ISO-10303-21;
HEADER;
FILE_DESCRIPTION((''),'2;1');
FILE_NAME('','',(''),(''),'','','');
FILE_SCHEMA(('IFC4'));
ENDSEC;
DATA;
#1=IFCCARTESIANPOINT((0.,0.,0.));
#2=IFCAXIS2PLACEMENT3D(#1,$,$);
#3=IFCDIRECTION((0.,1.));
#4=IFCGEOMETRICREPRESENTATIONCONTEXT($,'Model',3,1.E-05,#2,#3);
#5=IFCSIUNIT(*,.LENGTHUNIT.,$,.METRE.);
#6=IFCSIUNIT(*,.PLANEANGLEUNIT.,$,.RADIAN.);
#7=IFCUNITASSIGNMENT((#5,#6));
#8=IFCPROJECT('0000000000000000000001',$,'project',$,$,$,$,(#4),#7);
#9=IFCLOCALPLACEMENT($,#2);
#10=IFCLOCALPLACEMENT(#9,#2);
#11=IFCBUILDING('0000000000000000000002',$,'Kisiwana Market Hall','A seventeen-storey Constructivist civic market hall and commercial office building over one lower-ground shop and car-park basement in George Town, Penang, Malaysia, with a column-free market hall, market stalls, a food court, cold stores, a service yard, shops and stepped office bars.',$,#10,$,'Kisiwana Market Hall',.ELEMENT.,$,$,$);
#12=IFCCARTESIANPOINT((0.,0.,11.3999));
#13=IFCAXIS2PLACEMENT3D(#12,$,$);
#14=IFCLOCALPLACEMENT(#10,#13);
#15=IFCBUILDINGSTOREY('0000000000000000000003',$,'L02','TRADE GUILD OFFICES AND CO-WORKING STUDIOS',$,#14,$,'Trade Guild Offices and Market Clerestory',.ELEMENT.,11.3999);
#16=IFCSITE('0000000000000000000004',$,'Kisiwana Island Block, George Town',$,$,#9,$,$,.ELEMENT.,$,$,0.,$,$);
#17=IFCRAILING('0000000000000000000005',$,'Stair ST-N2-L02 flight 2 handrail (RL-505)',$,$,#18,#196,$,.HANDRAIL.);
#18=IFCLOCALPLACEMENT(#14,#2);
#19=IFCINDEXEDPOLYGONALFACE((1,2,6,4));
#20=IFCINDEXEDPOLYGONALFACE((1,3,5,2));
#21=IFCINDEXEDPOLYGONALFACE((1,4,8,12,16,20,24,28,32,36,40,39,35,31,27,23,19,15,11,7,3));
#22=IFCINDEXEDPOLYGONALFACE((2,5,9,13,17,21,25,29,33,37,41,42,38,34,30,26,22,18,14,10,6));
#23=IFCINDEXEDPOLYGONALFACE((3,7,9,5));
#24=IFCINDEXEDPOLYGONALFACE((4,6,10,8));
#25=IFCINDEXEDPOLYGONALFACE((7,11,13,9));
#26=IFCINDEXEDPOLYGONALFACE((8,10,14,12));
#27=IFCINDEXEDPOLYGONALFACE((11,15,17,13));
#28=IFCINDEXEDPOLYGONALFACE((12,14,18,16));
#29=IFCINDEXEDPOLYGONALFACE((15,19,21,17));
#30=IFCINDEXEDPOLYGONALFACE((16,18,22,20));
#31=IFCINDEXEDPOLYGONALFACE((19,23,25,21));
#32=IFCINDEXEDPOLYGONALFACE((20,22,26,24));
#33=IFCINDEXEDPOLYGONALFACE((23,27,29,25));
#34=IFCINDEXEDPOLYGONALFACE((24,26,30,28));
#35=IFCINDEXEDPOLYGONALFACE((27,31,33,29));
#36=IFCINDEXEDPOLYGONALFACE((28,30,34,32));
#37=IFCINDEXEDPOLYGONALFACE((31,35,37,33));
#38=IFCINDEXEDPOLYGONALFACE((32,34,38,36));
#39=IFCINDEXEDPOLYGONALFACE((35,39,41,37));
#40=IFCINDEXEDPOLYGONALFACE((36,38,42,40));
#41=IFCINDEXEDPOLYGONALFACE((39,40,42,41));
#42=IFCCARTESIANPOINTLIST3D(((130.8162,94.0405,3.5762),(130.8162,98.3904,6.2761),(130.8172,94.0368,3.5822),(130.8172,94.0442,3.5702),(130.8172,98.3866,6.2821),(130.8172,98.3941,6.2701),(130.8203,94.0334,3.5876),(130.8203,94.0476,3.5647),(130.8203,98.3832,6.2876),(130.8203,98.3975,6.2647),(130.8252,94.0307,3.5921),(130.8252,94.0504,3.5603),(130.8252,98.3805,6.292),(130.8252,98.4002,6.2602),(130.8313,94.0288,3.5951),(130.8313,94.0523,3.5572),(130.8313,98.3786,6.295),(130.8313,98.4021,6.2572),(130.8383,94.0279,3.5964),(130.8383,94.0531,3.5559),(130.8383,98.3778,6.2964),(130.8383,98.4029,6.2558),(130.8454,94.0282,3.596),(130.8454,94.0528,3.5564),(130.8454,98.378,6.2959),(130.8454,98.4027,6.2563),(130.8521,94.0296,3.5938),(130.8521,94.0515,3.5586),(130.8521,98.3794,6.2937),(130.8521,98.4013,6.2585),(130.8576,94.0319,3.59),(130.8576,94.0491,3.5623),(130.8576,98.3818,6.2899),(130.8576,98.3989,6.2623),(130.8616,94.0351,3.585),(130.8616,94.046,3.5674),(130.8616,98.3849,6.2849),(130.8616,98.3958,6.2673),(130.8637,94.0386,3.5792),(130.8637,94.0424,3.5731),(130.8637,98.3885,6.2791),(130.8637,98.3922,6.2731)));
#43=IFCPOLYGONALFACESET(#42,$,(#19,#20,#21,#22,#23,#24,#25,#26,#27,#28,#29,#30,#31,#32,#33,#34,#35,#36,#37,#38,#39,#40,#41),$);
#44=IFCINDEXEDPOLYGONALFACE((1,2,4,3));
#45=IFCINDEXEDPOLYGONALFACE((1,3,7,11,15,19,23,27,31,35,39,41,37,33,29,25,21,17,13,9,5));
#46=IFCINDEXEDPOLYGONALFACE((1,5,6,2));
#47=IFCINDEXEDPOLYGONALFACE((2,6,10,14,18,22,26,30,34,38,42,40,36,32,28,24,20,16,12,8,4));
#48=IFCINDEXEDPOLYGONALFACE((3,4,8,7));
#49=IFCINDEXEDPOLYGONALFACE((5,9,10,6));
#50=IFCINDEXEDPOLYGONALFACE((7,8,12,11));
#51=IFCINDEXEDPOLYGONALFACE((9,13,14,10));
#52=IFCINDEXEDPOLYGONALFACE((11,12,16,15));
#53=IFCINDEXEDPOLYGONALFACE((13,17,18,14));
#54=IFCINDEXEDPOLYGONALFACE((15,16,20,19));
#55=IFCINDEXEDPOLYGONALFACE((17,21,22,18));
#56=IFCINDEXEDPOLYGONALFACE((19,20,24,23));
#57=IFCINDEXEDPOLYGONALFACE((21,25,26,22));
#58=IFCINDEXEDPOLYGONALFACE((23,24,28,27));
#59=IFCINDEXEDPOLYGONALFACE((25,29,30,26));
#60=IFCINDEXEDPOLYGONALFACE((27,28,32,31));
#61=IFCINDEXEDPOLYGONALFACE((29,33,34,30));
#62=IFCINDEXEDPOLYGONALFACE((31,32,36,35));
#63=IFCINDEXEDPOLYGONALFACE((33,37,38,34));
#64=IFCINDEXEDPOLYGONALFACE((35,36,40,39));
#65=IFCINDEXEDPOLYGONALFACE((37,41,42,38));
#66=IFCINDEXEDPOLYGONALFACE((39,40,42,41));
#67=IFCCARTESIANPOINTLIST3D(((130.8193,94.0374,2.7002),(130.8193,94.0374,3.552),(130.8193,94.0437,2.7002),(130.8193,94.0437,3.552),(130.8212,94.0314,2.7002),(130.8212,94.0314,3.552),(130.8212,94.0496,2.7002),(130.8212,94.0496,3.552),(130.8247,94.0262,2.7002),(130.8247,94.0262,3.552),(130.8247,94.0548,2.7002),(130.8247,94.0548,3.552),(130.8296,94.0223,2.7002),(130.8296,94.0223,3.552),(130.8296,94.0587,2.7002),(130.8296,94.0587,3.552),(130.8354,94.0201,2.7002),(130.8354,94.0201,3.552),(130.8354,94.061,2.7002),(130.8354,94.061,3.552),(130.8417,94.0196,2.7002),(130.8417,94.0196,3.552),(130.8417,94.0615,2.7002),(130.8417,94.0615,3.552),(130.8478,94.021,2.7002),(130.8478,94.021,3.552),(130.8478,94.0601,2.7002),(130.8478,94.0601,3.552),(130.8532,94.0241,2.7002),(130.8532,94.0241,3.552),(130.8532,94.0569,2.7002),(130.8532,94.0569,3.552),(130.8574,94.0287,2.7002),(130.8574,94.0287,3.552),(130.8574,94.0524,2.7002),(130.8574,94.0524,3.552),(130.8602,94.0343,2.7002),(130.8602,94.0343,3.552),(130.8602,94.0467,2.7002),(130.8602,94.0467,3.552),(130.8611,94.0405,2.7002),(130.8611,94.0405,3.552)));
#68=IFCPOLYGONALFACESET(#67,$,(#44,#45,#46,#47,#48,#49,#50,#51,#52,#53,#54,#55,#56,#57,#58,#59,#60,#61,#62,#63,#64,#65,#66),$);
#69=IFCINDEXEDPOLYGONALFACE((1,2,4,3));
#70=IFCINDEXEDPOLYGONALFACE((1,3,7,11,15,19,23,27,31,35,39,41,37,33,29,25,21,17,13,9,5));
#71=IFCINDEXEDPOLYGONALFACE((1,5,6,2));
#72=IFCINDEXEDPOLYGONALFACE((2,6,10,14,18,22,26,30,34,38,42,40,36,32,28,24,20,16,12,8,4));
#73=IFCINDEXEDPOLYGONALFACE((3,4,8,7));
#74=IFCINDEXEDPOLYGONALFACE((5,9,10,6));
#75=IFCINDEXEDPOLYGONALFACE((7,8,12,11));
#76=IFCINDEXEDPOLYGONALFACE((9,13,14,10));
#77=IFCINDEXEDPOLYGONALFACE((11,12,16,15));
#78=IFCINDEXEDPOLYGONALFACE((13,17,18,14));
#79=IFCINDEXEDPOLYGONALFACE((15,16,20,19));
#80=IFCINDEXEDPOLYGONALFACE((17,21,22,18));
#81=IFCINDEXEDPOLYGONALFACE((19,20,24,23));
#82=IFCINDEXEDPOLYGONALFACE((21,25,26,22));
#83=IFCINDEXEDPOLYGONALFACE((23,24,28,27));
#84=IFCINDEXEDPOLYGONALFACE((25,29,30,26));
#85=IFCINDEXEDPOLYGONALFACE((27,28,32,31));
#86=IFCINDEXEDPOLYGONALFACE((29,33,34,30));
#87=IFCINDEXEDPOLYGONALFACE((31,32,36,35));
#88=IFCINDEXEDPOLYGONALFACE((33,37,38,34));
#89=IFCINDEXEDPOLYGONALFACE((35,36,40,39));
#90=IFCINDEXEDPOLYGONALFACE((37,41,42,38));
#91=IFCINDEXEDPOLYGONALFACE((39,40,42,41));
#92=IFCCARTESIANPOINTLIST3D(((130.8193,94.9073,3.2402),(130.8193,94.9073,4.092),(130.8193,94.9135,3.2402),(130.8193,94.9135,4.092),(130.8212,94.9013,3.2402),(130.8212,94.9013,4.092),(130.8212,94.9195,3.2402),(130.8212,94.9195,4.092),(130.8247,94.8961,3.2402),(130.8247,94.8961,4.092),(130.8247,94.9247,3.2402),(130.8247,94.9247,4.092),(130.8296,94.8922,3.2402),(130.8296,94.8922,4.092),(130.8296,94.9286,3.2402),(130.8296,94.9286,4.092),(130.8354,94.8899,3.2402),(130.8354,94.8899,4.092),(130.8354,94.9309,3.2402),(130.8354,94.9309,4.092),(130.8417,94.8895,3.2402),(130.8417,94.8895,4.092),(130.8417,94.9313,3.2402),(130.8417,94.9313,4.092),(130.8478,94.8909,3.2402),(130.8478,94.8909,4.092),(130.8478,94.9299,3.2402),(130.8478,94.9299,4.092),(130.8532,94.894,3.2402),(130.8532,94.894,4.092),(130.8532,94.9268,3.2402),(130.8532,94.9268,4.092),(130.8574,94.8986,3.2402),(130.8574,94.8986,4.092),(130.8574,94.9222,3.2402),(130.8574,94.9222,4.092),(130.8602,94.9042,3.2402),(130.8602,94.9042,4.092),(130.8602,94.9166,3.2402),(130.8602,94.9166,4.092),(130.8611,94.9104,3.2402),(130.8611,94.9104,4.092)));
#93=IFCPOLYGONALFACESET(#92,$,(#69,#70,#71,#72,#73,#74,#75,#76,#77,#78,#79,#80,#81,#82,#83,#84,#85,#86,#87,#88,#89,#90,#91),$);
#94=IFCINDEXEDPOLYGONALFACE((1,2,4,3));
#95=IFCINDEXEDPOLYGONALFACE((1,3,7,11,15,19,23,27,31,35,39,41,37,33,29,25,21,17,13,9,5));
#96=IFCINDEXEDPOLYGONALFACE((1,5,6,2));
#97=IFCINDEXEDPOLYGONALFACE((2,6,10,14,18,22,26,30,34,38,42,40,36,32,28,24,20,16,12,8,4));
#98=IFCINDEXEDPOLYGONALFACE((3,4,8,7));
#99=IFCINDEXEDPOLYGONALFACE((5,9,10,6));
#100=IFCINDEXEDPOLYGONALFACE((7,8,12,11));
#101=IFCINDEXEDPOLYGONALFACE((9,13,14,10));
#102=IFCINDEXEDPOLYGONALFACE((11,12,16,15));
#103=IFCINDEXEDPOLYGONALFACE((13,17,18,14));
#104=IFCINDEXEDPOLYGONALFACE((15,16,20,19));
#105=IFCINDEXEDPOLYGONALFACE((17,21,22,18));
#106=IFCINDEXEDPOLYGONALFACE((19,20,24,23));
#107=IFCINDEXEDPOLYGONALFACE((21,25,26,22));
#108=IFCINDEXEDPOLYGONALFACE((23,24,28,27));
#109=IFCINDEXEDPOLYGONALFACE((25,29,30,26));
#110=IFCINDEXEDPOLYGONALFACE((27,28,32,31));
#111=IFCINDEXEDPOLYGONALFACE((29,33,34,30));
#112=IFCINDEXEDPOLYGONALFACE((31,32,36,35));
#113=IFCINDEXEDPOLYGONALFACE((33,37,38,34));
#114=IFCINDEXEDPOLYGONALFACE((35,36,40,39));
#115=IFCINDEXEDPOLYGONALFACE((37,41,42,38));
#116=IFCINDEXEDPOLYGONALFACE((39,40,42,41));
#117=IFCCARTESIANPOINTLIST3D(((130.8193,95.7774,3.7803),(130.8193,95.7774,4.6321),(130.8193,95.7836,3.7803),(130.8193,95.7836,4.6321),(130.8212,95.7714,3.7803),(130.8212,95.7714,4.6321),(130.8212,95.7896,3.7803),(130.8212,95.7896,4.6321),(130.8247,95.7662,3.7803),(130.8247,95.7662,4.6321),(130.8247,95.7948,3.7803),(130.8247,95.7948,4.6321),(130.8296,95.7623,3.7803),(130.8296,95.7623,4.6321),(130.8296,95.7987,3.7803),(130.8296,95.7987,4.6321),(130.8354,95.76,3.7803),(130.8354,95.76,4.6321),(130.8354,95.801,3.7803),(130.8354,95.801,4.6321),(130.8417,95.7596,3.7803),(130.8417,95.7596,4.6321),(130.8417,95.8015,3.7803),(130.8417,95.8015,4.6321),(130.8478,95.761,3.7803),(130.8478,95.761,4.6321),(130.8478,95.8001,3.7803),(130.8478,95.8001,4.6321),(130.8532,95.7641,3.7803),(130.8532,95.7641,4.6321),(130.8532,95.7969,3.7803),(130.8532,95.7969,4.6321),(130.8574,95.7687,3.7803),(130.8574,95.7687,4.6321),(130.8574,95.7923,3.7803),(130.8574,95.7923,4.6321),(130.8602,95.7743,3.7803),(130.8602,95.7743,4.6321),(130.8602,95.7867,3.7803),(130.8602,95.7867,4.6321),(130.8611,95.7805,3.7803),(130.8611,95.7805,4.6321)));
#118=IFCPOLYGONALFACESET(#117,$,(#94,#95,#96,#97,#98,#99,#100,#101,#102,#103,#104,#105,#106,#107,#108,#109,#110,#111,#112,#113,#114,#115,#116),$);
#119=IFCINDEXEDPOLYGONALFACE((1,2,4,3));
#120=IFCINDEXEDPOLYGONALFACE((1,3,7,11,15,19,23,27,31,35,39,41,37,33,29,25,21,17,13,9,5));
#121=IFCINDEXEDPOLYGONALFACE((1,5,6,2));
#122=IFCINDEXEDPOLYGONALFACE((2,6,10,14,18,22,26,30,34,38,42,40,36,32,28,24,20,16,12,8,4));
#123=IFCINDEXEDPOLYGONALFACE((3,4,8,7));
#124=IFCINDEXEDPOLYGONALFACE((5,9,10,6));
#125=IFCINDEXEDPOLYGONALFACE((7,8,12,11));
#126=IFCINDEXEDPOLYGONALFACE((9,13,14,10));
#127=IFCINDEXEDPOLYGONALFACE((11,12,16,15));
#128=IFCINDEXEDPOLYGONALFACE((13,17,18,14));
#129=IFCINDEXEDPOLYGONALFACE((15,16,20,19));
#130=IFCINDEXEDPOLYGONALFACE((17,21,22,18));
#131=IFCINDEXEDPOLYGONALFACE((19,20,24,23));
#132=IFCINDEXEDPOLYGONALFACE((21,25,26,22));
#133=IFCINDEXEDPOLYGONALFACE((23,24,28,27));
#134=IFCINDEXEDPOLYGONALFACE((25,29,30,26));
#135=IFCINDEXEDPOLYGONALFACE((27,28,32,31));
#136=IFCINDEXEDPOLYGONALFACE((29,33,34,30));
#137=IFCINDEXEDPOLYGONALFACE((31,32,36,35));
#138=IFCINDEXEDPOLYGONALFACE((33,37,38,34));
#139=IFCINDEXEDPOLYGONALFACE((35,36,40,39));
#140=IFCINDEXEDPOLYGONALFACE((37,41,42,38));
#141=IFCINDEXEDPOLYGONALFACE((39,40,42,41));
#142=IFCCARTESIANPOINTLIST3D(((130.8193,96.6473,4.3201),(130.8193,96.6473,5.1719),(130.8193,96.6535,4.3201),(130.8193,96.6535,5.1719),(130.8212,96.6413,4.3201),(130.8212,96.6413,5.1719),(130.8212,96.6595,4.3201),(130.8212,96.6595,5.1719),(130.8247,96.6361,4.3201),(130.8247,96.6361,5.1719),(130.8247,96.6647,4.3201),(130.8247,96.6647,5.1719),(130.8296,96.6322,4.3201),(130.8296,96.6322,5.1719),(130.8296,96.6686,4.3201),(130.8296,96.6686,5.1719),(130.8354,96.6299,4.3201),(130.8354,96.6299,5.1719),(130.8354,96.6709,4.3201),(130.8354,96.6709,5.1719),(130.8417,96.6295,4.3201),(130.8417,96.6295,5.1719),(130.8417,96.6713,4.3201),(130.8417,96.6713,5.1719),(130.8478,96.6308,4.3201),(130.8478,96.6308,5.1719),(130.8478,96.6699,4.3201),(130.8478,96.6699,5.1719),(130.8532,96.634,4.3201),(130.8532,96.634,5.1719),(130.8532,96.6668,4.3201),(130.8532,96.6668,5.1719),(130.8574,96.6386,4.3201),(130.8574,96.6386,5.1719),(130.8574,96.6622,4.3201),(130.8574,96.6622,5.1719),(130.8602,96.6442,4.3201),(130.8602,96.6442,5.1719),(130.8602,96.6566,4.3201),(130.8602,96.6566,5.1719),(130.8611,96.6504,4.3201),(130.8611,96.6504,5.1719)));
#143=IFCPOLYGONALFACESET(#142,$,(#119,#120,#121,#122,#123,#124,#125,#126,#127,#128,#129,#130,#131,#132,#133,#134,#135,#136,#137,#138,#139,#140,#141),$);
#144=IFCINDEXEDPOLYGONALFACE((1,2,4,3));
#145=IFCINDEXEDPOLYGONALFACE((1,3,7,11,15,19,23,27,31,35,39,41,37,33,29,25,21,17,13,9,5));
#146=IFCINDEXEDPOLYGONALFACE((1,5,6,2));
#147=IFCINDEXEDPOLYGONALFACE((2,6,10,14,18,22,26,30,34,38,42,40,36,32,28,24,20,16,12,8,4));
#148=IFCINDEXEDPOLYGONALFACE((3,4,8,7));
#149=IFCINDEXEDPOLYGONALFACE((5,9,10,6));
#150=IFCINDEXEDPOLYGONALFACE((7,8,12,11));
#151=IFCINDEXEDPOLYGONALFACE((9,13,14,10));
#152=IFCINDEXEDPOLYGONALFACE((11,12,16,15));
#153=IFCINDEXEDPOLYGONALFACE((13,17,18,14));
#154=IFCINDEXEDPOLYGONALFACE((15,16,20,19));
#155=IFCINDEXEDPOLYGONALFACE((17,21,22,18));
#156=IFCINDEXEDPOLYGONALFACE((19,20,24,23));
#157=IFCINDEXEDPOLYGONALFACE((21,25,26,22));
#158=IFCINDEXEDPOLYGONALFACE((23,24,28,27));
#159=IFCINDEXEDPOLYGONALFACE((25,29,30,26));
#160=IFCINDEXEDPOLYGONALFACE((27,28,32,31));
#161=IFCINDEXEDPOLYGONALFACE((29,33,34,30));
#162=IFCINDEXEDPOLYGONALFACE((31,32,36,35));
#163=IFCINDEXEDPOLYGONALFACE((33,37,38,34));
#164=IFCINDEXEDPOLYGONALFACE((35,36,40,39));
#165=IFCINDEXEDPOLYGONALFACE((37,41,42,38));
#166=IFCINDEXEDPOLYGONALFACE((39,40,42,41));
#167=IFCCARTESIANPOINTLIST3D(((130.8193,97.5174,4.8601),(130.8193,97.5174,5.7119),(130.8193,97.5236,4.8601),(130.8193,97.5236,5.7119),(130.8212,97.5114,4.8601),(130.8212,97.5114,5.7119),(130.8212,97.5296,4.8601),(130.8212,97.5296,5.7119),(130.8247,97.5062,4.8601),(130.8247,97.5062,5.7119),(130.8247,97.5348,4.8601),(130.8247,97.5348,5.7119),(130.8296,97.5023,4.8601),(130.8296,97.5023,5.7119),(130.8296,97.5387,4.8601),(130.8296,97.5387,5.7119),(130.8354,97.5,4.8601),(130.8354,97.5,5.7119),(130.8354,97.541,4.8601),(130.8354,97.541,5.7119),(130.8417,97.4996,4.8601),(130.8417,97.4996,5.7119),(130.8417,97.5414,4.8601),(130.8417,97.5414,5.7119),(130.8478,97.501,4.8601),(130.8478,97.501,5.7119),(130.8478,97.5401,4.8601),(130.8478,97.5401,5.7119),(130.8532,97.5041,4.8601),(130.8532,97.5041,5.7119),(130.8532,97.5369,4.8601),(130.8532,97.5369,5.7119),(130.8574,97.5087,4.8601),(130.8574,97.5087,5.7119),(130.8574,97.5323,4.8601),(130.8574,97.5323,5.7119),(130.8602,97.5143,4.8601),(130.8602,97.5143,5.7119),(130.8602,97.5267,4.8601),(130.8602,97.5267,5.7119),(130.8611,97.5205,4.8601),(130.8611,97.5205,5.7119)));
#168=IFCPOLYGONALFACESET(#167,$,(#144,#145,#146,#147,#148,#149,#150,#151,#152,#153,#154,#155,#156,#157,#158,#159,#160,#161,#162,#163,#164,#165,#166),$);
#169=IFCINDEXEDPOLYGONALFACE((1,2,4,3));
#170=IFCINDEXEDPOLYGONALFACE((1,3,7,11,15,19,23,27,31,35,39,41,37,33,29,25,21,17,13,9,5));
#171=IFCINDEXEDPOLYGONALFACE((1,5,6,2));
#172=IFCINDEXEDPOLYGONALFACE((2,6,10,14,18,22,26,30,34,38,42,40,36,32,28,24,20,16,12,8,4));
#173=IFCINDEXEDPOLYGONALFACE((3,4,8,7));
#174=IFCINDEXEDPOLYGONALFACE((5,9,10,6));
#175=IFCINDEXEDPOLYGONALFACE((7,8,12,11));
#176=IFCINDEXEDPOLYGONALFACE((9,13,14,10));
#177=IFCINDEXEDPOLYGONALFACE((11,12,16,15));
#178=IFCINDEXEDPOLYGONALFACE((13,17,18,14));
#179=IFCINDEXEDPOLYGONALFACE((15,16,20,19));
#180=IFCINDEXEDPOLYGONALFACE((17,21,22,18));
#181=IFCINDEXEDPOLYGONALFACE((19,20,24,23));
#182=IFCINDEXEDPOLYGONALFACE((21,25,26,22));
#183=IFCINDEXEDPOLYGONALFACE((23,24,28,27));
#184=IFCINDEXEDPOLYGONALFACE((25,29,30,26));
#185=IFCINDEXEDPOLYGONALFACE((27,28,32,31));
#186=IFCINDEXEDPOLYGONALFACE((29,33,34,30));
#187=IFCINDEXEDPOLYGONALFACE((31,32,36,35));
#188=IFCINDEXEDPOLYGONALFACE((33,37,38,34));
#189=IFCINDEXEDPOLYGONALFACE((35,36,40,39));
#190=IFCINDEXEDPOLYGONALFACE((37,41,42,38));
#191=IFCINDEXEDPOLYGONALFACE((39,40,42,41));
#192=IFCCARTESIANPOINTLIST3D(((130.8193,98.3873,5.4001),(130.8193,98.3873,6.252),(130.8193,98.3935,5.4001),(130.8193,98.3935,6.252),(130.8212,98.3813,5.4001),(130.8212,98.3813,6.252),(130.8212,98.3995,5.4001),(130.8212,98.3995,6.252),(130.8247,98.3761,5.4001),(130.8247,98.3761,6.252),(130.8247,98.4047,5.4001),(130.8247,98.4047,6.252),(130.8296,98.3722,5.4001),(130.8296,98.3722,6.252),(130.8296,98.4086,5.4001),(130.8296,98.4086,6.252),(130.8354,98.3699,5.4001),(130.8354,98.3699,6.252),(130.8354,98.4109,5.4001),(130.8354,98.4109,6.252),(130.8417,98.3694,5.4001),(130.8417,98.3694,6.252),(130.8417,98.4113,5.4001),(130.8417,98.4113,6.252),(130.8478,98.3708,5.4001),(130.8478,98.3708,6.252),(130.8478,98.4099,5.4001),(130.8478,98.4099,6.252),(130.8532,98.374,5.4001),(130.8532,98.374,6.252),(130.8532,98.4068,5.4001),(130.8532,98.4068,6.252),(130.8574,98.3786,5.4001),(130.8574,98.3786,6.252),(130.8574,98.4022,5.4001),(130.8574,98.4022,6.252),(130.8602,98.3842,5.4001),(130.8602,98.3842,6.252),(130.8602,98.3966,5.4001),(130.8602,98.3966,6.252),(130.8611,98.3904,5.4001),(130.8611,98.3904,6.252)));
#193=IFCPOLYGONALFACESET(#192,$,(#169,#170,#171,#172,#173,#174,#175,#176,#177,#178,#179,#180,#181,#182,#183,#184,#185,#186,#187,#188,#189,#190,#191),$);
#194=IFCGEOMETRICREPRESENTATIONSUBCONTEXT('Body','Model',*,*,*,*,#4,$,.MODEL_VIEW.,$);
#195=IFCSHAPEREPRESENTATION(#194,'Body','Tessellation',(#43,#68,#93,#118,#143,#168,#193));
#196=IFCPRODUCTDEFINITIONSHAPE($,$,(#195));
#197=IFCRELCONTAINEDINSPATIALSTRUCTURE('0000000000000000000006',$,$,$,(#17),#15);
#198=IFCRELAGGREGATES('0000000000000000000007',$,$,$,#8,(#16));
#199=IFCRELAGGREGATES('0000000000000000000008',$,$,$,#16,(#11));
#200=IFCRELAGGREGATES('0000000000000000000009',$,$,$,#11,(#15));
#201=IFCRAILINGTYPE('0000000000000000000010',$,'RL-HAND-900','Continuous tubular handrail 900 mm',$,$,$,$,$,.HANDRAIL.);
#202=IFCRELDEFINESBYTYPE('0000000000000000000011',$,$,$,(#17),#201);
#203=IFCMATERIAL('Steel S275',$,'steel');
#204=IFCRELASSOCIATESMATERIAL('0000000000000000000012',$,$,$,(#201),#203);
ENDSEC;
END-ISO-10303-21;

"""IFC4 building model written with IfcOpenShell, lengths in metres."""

from ifc_helpers import new_model, si_unit, direction, frame, origin, origin_2d, place, context, subcontext, project, spatial, circle, extrude, material, type_object, element, save


model = new_model("IFC4")

# Units and contexts
model_context = context("Model", 3, precision=1e-05, world=origin(), true_north=direction((0.0, 1.0)))
body_context = subcontext(model_context, "Body", "Model", "MODEL_VIEW")
ifc_project = project(units=[si_unit("LENGTHUNIT", "METRE"), si_unit("PLANEANGLEUNIT", "RADIAN")], contexts=[model_context])

# Site, building, storey
site_placement = place(None, origin())
site = spatial("IfcSite", under=ifc_project, at=site_placement, Name="Kisiwana Island Block, George Town", CompositionType="ELEMENT", RefElevation=0.0)
building_placement = place(site_placement, origin())
building = spatial("IfcBuilding", under=site, at=building_placement, Name="Kisiwana Market Hall", Description="A seventeen-storey Constructivist civic market hall and commercial office building over one lower-ground shop and car-park basement in George Town, Penang, Malaysia, with a column-free market hall, market stalls, a food court, cold stores, a service yard, shops and stepped office bars.", LongName="Kisiwana Market Hall", CompositionType="ELEMENT")
storey_placement = place(building_placement, frame((0.0, 0.0, 11.3999)))
storey = spatial("IfcBuildingStorey", under=building, at=storey_placement, Name="L02", Description="TRADE GUILD OFFICES AND CO-WORKING STUDIOS", LongName="Trade Guild Offices and Market Clerestory", CompositionType="ELEMENT", Elevation=11.3999)

# Railing
ifc_material_1 = material(Name="Steel S275", Category="steel")
railing_type_1 = type_object("IfcRailingType", Name="RL-HAND-900", Description="Continuous tubular handrail 900 mm", PredefinedType="HANDRAIL", material=ifc_material_1)
railing_1_placement = place(storey_placement, frame((130.8401, 94.0405, 2.7002)))
element("IfcRailing", 1, at=railing_1_placement, inside=storey, type_object=railing_type_1, Name="Stair ST-N2-L02 flight 2 handrail (RL-505)", PredefinedType="HANDRAIL", context=body_context, shape_type="SweptSolid", body=[
    extrude(circle(Radius=0.0239, at=origin_2d()), frame((0.0, 0.0, 0.876), z_axis=(0.0, 0.849636, 0.527369), x_axis=(-1.0, 0.0, 0.0)), (0.0, 0.0, 1.0), 5.1196),
    extrude(circle(Radius=0.021, at=origin_2d()), origin(), (0.0, 0.0, 1.0), 0.8518),
    extrude(circle(Radius=0.021, at=origin_2d()), frame((0.0, 0.8699, 0.54)), (0.0, 0.0, 1.0), 0.8518),
    extrude(circle(Radius=0.021, at=origin_2d()), frame((0.0, 1.74, 1.0801)), (0.0, 0.0, 1.0), 0.8518),
    extrude(circle(Radius=0.021, at=origin_2d()), frame((0.0, 2.6099, 1.6199)), (0.0, 0.0, 1.0), 0.8518),
    extrude(circle(Radius=0.021, at=origin_2d()), frame((0.0, 3.48, 2.1599)), (0.0, 0.0, 1.0), 0.8518),
    extrude(circle(Radius=0.021, at=origin_2d()), frame((0.0, 4.3499, 2.7)), (0.0, 0.0, 1.0), 0.8518),
])

save(model, "model.ifc")
